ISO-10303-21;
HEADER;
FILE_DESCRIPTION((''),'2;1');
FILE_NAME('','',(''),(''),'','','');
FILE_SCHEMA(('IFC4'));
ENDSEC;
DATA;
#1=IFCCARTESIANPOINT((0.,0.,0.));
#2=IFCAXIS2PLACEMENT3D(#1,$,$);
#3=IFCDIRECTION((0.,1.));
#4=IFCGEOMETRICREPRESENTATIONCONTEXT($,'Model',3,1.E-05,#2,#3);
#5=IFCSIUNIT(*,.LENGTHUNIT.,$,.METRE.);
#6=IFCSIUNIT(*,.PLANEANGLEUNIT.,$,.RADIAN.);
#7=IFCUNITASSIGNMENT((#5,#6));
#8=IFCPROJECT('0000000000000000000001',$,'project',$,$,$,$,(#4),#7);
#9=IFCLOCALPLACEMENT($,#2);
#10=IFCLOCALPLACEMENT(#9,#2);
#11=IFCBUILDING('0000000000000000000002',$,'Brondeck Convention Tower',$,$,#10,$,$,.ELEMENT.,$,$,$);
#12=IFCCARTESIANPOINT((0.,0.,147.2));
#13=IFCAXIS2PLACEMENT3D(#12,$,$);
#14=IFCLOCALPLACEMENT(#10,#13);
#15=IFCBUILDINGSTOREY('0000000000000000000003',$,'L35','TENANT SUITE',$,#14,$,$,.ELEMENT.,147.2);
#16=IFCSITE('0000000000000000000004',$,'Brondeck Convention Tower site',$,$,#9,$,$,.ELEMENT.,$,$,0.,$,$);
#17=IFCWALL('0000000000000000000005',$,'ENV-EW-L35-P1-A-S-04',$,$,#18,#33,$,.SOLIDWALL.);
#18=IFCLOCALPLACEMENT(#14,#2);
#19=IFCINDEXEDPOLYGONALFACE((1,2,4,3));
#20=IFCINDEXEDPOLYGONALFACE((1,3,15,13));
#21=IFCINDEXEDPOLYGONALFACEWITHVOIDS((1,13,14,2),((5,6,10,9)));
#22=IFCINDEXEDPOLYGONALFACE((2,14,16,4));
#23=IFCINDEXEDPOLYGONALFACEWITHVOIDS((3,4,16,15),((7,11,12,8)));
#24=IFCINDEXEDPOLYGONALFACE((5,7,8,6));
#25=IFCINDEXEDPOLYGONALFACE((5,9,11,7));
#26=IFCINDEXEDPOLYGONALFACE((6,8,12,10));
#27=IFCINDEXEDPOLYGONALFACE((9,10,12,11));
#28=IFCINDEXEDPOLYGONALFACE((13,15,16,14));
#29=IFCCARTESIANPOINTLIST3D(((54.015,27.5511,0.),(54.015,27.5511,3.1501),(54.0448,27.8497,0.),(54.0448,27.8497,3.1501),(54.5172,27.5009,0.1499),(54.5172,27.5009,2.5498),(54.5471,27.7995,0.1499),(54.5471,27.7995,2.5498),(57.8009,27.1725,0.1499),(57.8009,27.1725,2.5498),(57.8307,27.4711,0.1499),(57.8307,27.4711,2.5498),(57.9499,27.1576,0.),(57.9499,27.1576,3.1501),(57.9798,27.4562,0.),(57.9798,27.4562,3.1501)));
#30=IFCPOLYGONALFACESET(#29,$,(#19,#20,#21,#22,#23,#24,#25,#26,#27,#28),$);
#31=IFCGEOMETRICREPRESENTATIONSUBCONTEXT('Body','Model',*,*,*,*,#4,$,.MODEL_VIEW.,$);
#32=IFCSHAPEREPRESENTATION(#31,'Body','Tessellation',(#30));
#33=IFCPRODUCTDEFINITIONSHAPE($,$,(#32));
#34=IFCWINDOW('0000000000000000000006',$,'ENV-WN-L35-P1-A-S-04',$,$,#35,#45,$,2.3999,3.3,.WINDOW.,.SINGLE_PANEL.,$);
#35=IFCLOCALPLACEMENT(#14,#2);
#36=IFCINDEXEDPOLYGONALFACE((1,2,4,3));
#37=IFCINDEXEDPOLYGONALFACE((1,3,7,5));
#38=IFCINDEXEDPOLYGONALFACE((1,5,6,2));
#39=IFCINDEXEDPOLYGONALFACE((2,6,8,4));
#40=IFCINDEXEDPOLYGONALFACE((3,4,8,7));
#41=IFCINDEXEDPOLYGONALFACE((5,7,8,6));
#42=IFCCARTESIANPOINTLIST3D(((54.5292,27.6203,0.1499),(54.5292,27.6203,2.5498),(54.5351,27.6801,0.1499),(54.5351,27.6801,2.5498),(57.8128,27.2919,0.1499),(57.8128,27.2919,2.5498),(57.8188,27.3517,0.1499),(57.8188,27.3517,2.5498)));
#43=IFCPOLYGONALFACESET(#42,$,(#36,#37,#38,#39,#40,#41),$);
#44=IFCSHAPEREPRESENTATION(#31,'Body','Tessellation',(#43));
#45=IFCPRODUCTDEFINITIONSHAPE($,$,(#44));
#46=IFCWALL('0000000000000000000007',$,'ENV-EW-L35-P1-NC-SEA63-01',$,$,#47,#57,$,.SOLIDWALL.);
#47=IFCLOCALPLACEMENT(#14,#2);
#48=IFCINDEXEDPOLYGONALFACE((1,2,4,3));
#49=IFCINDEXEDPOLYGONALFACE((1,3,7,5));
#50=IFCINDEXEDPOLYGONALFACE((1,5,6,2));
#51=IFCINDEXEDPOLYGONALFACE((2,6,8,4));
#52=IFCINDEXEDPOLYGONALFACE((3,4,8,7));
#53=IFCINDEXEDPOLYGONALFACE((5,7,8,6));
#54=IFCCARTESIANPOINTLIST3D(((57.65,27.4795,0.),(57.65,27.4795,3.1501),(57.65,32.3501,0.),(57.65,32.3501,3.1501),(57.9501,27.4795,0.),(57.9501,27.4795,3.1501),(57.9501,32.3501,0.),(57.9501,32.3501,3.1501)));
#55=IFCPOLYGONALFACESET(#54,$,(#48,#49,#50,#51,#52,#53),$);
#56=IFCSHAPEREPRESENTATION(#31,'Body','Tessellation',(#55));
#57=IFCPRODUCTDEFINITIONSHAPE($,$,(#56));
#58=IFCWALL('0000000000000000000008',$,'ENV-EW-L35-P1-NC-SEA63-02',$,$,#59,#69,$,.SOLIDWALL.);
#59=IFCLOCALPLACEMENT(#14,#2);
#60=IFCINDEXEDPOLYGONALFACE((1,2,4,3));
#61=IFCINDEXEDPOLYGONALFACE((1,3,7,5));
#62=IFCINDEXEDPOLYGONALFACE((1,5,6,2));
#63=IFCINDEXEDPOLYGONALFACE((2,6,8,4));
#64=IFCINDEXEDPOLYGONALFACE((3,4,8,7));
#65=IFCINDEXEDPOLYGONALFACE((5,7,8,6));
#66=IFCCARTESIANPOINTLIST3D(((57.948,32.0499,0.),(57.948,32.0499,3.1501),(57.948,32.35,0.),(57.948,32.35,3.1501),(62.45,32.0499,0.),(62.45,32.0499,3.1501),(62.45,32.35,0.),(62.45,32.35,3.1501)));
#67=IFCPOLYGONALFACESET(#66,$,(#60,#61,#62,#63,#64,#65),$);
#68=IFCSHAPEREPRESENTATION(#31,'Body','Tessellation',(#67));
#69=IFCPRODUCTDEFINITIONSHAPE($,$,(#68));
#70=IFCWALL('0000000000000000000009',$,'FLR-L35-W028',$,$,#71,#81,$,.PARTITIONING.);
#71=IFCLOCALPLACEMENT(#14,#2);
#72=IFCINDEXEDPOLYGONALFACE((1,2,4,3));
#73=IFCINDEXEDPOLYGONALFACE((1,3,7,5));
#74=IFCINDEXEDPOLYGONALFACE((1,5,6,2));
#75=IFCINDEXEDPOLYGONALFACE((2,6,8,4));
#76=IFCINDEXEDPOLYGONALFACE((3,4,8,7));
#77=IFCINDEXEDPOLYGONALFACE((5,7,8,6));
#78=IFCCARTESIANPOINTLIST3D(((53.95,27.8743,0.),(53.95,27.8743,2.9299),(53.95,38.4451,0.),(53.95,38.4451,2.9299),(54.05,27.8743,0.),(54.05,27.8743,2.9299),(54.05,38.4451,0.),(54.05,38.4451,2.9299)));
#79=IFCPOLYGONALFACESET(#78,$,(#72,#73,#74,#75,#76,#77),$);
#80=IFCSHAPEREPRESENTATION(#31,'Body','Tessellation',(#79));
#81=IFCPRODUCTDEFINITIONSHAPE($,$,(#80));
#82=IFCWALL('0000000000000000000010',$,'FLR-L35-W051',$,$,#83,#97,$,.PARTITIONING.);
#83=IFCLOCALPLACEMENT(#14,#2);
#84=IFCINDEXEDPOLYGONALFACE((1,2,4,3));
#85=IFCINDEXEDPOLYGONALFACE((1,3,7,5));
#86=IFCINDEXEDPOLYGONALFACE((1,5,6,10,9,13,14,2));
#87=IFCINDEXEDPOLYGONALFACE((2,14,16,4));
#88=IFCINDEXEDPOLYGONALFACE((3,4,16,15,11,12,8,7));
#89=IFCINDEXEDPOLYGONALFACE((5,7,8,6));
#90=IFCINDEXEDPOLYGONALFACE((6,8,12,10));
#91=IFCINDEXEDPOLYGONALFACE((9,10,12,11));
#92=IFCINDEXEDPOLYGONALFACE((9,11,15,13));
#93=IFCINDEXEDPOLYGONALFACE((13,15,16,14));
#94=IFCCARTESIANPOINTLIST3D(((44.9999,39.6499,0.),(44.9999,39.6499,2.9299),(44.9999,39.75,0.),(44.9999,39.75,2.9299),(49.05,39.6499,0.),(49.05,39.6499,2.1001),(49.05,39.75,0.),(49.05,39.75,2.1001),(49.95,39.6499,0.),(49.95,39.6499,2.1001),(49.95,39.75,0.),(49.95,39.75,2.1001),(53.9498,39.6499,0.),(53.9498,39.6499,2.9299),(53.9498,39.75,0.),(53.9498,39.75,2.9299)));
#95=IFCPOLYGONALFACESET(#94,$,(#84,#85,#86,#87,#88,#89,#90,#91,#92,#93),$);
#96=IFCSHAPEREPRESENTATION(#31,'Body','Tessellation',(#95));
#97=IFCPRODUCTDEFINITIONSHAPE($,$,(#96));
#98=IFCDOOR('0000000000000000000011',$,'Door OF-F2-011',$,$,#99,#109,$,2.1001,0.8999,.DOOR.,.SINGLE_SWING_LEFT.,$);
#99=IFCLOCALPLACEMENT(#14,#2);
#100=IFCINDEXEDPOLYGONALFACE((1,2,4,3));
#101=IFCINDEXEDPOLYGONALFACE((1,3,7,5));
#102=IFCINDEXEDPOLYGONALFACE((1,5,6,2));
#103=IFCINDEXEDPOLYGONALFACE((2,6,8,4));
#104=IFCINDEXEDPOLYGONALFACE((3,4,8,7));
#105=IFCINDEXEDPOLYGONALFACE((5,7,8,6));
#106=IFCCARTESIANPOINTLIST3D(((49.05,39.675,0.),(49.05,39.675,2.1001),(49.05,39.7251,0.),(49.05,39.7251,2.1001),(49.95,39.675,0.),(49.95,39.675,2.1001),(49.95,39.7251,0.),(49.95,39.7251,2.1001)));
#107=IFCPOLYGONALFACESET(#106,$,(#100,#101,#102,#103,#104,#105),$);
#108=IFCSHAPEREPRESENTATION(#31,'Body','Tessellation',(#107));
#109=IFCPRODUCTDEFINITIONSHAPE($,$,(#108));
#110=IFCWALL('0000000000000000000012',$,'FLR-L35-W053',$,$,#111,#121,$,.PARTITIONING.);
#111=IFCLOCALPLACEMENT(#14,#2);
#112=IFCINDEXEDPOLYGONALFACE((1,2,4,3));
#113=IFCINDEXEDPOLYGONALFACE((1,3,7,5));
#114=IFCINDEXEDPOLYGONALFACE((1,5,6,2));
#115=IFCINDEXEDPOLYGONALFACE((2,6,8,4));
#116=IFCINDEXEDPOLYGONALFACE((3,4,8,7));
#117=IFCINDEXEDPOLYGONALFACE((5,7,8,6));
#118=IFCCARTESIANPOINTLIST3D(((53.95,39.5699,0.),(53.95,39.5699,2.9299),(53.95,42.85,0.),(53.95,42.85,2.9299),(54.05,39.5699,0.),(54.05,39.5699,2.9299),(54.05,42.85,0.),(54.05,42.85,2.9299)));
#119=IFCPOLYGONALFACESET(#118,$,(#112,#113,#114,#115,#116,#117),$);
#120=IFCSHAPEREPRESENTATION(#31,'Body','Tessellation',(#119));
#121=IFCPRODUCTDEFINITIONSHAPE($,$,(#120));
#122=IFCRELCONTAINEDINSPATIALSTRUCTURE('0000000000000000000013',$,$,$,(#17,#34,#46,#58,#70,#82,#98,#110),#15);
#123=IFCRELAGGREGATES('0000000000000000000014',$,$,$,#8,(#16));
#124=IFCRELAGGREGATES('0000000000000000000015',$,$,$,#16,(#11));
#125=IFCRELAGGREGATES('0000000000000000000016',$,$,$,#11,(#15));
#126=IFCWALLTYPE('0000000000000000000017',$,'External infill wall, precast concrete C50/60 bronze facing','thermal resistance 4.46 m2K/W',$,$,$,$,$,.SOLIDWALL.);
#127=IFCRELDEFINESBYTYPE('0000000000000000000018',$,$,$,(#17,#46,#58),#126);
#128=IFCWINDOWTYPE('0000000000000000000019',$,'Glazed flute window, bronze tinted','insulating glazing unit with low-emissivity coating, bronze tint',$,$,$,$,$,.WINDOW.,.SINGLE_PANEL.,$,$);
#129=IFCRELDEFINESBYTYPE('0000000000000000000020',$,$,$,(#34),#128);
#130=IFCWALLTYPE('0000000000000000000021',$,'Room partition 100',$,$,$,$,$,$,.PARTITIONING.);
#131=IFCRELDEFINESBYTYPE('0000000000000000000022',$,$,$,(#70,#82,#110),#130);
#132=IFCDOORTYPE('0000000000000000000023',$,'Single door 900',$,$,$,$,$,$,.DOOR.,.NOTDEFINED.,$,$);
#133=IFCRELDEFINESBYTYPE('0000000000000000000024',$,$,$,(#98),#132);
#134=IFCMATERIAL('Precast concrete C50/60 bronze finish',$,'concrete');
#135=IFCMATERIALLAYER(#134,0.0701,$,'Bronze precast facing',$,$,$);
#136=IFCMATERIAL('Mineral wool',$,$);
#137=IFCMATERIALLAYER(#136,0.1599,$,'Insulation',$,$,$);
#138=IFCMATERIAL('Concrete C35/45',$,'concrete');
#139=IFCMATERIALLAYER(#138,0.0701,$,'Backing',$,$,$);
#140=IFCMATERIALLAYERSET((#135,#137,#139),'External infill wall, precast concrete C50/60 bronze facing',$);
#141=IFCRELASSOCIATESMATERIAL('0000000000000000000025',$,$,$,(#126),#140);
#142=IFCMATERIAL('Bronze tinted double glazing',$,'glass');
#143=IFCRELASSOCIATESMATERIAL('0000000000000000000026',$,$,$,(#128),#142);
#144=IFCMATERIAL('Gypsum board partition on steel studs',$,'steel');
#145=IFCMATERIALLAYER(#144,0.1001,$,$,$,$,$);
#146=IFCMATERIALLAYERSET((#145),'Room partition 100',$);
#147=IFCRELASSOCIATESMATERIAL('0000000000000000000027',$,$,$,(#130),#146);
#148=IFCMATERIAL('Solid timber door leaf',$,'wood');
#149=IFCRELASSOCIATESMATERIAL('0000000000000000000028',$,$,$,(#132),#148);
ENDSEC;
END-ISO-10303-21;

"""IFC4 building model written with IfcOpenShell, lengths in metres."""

from ifc_helpers import new_model, si_unit, direction, frame, frame_2d, origin, place, context, subcontext, project, spatial, rectangle, extrude, material, layer, layer_set, type_object, element, fill, save


model = new_model("IFC4")

# Units and contexts
model_context = context("Model", 3, precision=1e-05, world=origin(), true_north=direction((0.0, 1.0)))
body_context = subcontext(model_context, "Body", "Model", "MODEL_VIEW")
ifc_project = project(units=[si_unit("LENGTHUNIT", "METRE"), si_unit("PLANEANGLEUNIT", "RADIAN")], contexts=[model_context])

# Site, building, storey
site_placement = place(None, origin())
site = spatial("IfcSite", under=ifc_project, at=site_placement, Name="Brondeck Convention Tower site", CompositionType="ELEMENT", RefElevation=0.0)
building_placement = place(site_placement, origin())
building = spatial("IfcBuilding", under=site, at=building_placement, Name="Brondeck Convention Tower", CompositionType="ELEMENT")
storey_placement = place(building_placement, frame((0.0, 0.0, 147.2)))
storey = spatial("IfcBuildingStorey", under=building, at=storey_placement, Name="L35", Description="TENANT SUITE", CompositionType="ELEMENT", Elevation=147.2)

# Shared definitions
ifc_material_1 = material(Name="Precast concrete C50/60 bronze finish", Category="concrete")
ifc_layer_1 = layer(ifc_material_1, 0.0701, Name="Bronze precast facing")
ifc_material_2 = material(Name="Mineral wool")
ifc_layer_2 = layer(ifc_material_2, 0.1599, Name="Insulation")
ifc_material_3 = material(Name="Concrete C35/45", Category="concrete")
ifc_layer_3 = layer(ifc_material_3, 0.0701, Name="Backing")
ifc_layer_set_1 = layer_set([ifc_layer_1, ifc_layer_2, ifc_layer_3], Name="External infill wall, precast concrete C50/60 bronze facing")
wall_type_1 = type_object("IfcWallType", Name="External infill wall, precast concrete C50/60 bronze facing", Description="thermal resistance 4.46 m2K/W", PredefinedType="SOLIDWALL", material=ifc_layer_set_1)
ifc_material_4 = material(Name="Bronze tinted double glazing", Category="glass")
window_type_1 = type_object("IfcWindowType", Name="Glazed flute window, bronze tinted", Description="insulating glazing unit with low-emissivity coating, bronze tint", PartitioningType="SINGLE_PANEL", PredefinedType="WINDOW", material=ifc_material_4)

# Wall, opening, window
wall_1_placement = place(storey_placement, frame((57.9648, 27.3069, 0.0), z_axis=(0.0, 0.0, 1.0), x_axis=(-0.995036, 0.099516, 0.0)))
wall_1 = element("IfcWall", 1, at=wall_1_placement, inside=storey, type_object=wall_type_1, Name="ENV-EW-L35-P1-A-S-04", PredefinedType="SOLIDWALL", context=body_context, shape_type="SweptSolid", body=[
    extrude(rectangle(XDim=3.9546, YDim=0.3, at=frame_2d((1.9773, 0.0))), origin(), (0.0, 0.0, 1.0), 3.1501),
])
opening_1_placement = place(wall_1_placement, frame((0.1499, 0.0, 0.1499)))
opening_1 = element("IfcOpeningElement", 2, at=opening_1_placement, cuts=wall_1, PredefinedType="OPENING", context=body_context, shape_type="SweptSolid", body=[
    extrude(rectangle(XDim=3.3, YDim=2.3999, at=frame_2d((1.6499, 1.2))), frame((0.0, 0.1599, 0.0), z_axis=(0.0, -1.0, 0.0), x_axis=(1.0, 0.0, 0.0)), (0.0, 0.0, 1.0), 0.3201),
])
window_1_placement = place(opening_1_placement, origin())
window_1 = element("IfcWindow", 3, at=window_1_placement, inside=storey, type_object=window_type_1, Name="ENV-WN-L35-P1-A-S-04", OverallHeight=2.3999, OverallWidth=3.3, PartitioningType="SINGLE_PANEL", PredefinedType="WINDOW", context=body_context, shape_type="SweptSolid", body=[
    extrude(rectangle(XDim=3.3, YDim=2.3999, at=frame_2d((1.6499, 1.2))), frame((0.0, 0.03, 0.0), z_axis=(0.0, -1.0, 0.0), x_axis=(1.0, 0.0, 0.0)), (0.0, 0.0, 1.0), 0.0601),
])
fill(opening_1, window_1)

# Walls
wall_2_placement = place(storey_placement, frame((57.8, 32.3501, 0.0), z_axis=(0.0, 0.0, 1.0), x_axis=(0.0, -1.0, 0.0)))
element("IfcWall", 4, at=wall_2_placement, inside=storey, type_object=wall_type_1, Name="ENV-EW-L35-P1-NC-SEA63-01", PredefinedType="SOLIDWALL", context=body_context, shape_type="SweptSolid", body=[
    extrude(rectangle(XDim=4.8706, YDim=0.3, at=frame_2d((2.4353, 0.0))), origin(), (0.0, 0.0, 1.0), 3.1501),
])
wall_3_placement = place(storey_placement, frame((62.45, 32.2, 0.0), z_axis=(0.0, 0.0, 1.0), x_axis=(-1.0, 0.0, 0.0)))
element("IfcWall", 5, at=wall_3_placement, inside=storey, type_object=wall_type_1, Name="ENV-EW-L35-P1-NC-SEA63-02", PredefinedType="SOLIDWALL", context=body_context, shape_type="SweptSolid", body=[
    extrude(rectangle(XDim=4.502, YDim=0.3, at=frame_2d((2.251, 0.0))), origin(), (0.0, 0.0, 1.0), 3.1501),
])
ifc_material_5 = material(Name="Gypsum board partition on steel studs", Category="steel")
ifc_layer_4 = layer(ifc_material_5, 0.1001)
ifc_layer_set_2 = layer_set([ifc_layer_4], Name="Room partition 100")
wall_type_2 = type_object("IfcWallType", Name="Room partition 100", PredefinedType="PARTITIONING", material=ifc_layer_set_2)
wall_4_placement = place(storey_placement, frame((54.0, 27.8743, 0.0), z_axis=(0.0, 0.0, 1.0), x_axis=(0.0, 1.0, 0.0)))
element("IfcWall", 6, at=wall_4_placement, inside=storey, type_object=wall_type_2, Name="FLR-L35-W028", PredefinedType="PARTITIONING", context=body_context, shape_type="SweptSolid", body=[
    extrude(rectangle(XDim=10.5708, YDim=0.1001, at=frame_2d((5.2854, 0.0))), origin(), (0.0, 0.0, 1.0), 2.9299),
])

# Wall, opening, door
wall_5_placement = place(storey_placement, frame((53.95, 39.7, 0.0), z_axis=(0.0, 0.0, 1.0), x_axis=(-1.0, 0.0, 0.0)))
wall_5 = element("IfcWall", 7, at=wall_5_placement, inside=storey, type_object=wall_type_2, Name="FLR-L35-W051", PredefinedType="PARTITIONING", context=body_context, shape_type="SweptSolid", body=[
    extrude(rectangle(XDim=8.95, YDim=0.1001, at=frame_2d((4.4751, 0.0))), origin(), (0.0, 0.0, 1.0), 2.9299),
])
opening_2_placement = place(wall_5_placement, frame((4.0, 0.0, 0.0)))
opening_2 = element("IfcOpeningElement", 8, at=opening_2_placement, cuts=wall_5, PredefinedType="OPENING", context=body_context, shape_type="SweptSolid", body=[
    extrude(rectangle(XDim=0.8999, YDim=2.1001, at=frame_2d((0.45, 1.05))), frame((0.0, 0.0601, 0.0), z_axis=(0.0, -1.0, 0.0), x_axis=(1.0, 0.0, 0.0)), (0.0, 0.0, 1.0), 0.1201),
])
ifc_material_6 = material(Name="Solid timber door leaf", Category="wood")
door_type = type_object("IfcDoorType", Name="Single door 900", OperationType="NOTDEFINED", PredefinedType="DOOR", material=ifc_material_6)
door_placement = place(opening_2_placement, origin())
door = element("IfcDoor", 9, at=door_placement, inside=storey, type_object=door_type, Name="Door OF-F2-011", OperationType="SINGLE_SWING_LEFT", OverallHeight=2.1001, OverallWidth=0.8999, PredefinedType="DOOR", context=body_context, shape_type="SweptSolid", body=[
    extrude(rectangle(XDim=0.8999, YDim=2.1001, at=frame_2d((0.45, 1.05))), frame((0.0, 0.0249, 0.0), z_axis=(0.0, -1.0, 0.0), x_axis=(1.0, 0.0, 0.0)), (0.0, 0.0, 1.0), 0.05),
])
fill(opening_2, door)

# Wall
wall_6_placement = place(storey_placement, frame((54.0, 42.8501, 0.0), z_axis=(0.0, 0.0, 1.0), x_axis=(0.0, -1.0, 0.0)))
element("IfcWall", 10, at=wall_6_placement, inside=storey, type_object=wall_type_2, Name="FLR-L35-W053", PredefinedType="PARTITIONING", context=body_context, shape_type="SweptSolid", body=[
    extrude(rectangle(XDim=3.28, YDim=0.1001, at=frame_2d((1.6401, 0.0))), origin(), (0.0, 0.0, 1.0), 2.9299),
])

save(model, "model.ifc")
